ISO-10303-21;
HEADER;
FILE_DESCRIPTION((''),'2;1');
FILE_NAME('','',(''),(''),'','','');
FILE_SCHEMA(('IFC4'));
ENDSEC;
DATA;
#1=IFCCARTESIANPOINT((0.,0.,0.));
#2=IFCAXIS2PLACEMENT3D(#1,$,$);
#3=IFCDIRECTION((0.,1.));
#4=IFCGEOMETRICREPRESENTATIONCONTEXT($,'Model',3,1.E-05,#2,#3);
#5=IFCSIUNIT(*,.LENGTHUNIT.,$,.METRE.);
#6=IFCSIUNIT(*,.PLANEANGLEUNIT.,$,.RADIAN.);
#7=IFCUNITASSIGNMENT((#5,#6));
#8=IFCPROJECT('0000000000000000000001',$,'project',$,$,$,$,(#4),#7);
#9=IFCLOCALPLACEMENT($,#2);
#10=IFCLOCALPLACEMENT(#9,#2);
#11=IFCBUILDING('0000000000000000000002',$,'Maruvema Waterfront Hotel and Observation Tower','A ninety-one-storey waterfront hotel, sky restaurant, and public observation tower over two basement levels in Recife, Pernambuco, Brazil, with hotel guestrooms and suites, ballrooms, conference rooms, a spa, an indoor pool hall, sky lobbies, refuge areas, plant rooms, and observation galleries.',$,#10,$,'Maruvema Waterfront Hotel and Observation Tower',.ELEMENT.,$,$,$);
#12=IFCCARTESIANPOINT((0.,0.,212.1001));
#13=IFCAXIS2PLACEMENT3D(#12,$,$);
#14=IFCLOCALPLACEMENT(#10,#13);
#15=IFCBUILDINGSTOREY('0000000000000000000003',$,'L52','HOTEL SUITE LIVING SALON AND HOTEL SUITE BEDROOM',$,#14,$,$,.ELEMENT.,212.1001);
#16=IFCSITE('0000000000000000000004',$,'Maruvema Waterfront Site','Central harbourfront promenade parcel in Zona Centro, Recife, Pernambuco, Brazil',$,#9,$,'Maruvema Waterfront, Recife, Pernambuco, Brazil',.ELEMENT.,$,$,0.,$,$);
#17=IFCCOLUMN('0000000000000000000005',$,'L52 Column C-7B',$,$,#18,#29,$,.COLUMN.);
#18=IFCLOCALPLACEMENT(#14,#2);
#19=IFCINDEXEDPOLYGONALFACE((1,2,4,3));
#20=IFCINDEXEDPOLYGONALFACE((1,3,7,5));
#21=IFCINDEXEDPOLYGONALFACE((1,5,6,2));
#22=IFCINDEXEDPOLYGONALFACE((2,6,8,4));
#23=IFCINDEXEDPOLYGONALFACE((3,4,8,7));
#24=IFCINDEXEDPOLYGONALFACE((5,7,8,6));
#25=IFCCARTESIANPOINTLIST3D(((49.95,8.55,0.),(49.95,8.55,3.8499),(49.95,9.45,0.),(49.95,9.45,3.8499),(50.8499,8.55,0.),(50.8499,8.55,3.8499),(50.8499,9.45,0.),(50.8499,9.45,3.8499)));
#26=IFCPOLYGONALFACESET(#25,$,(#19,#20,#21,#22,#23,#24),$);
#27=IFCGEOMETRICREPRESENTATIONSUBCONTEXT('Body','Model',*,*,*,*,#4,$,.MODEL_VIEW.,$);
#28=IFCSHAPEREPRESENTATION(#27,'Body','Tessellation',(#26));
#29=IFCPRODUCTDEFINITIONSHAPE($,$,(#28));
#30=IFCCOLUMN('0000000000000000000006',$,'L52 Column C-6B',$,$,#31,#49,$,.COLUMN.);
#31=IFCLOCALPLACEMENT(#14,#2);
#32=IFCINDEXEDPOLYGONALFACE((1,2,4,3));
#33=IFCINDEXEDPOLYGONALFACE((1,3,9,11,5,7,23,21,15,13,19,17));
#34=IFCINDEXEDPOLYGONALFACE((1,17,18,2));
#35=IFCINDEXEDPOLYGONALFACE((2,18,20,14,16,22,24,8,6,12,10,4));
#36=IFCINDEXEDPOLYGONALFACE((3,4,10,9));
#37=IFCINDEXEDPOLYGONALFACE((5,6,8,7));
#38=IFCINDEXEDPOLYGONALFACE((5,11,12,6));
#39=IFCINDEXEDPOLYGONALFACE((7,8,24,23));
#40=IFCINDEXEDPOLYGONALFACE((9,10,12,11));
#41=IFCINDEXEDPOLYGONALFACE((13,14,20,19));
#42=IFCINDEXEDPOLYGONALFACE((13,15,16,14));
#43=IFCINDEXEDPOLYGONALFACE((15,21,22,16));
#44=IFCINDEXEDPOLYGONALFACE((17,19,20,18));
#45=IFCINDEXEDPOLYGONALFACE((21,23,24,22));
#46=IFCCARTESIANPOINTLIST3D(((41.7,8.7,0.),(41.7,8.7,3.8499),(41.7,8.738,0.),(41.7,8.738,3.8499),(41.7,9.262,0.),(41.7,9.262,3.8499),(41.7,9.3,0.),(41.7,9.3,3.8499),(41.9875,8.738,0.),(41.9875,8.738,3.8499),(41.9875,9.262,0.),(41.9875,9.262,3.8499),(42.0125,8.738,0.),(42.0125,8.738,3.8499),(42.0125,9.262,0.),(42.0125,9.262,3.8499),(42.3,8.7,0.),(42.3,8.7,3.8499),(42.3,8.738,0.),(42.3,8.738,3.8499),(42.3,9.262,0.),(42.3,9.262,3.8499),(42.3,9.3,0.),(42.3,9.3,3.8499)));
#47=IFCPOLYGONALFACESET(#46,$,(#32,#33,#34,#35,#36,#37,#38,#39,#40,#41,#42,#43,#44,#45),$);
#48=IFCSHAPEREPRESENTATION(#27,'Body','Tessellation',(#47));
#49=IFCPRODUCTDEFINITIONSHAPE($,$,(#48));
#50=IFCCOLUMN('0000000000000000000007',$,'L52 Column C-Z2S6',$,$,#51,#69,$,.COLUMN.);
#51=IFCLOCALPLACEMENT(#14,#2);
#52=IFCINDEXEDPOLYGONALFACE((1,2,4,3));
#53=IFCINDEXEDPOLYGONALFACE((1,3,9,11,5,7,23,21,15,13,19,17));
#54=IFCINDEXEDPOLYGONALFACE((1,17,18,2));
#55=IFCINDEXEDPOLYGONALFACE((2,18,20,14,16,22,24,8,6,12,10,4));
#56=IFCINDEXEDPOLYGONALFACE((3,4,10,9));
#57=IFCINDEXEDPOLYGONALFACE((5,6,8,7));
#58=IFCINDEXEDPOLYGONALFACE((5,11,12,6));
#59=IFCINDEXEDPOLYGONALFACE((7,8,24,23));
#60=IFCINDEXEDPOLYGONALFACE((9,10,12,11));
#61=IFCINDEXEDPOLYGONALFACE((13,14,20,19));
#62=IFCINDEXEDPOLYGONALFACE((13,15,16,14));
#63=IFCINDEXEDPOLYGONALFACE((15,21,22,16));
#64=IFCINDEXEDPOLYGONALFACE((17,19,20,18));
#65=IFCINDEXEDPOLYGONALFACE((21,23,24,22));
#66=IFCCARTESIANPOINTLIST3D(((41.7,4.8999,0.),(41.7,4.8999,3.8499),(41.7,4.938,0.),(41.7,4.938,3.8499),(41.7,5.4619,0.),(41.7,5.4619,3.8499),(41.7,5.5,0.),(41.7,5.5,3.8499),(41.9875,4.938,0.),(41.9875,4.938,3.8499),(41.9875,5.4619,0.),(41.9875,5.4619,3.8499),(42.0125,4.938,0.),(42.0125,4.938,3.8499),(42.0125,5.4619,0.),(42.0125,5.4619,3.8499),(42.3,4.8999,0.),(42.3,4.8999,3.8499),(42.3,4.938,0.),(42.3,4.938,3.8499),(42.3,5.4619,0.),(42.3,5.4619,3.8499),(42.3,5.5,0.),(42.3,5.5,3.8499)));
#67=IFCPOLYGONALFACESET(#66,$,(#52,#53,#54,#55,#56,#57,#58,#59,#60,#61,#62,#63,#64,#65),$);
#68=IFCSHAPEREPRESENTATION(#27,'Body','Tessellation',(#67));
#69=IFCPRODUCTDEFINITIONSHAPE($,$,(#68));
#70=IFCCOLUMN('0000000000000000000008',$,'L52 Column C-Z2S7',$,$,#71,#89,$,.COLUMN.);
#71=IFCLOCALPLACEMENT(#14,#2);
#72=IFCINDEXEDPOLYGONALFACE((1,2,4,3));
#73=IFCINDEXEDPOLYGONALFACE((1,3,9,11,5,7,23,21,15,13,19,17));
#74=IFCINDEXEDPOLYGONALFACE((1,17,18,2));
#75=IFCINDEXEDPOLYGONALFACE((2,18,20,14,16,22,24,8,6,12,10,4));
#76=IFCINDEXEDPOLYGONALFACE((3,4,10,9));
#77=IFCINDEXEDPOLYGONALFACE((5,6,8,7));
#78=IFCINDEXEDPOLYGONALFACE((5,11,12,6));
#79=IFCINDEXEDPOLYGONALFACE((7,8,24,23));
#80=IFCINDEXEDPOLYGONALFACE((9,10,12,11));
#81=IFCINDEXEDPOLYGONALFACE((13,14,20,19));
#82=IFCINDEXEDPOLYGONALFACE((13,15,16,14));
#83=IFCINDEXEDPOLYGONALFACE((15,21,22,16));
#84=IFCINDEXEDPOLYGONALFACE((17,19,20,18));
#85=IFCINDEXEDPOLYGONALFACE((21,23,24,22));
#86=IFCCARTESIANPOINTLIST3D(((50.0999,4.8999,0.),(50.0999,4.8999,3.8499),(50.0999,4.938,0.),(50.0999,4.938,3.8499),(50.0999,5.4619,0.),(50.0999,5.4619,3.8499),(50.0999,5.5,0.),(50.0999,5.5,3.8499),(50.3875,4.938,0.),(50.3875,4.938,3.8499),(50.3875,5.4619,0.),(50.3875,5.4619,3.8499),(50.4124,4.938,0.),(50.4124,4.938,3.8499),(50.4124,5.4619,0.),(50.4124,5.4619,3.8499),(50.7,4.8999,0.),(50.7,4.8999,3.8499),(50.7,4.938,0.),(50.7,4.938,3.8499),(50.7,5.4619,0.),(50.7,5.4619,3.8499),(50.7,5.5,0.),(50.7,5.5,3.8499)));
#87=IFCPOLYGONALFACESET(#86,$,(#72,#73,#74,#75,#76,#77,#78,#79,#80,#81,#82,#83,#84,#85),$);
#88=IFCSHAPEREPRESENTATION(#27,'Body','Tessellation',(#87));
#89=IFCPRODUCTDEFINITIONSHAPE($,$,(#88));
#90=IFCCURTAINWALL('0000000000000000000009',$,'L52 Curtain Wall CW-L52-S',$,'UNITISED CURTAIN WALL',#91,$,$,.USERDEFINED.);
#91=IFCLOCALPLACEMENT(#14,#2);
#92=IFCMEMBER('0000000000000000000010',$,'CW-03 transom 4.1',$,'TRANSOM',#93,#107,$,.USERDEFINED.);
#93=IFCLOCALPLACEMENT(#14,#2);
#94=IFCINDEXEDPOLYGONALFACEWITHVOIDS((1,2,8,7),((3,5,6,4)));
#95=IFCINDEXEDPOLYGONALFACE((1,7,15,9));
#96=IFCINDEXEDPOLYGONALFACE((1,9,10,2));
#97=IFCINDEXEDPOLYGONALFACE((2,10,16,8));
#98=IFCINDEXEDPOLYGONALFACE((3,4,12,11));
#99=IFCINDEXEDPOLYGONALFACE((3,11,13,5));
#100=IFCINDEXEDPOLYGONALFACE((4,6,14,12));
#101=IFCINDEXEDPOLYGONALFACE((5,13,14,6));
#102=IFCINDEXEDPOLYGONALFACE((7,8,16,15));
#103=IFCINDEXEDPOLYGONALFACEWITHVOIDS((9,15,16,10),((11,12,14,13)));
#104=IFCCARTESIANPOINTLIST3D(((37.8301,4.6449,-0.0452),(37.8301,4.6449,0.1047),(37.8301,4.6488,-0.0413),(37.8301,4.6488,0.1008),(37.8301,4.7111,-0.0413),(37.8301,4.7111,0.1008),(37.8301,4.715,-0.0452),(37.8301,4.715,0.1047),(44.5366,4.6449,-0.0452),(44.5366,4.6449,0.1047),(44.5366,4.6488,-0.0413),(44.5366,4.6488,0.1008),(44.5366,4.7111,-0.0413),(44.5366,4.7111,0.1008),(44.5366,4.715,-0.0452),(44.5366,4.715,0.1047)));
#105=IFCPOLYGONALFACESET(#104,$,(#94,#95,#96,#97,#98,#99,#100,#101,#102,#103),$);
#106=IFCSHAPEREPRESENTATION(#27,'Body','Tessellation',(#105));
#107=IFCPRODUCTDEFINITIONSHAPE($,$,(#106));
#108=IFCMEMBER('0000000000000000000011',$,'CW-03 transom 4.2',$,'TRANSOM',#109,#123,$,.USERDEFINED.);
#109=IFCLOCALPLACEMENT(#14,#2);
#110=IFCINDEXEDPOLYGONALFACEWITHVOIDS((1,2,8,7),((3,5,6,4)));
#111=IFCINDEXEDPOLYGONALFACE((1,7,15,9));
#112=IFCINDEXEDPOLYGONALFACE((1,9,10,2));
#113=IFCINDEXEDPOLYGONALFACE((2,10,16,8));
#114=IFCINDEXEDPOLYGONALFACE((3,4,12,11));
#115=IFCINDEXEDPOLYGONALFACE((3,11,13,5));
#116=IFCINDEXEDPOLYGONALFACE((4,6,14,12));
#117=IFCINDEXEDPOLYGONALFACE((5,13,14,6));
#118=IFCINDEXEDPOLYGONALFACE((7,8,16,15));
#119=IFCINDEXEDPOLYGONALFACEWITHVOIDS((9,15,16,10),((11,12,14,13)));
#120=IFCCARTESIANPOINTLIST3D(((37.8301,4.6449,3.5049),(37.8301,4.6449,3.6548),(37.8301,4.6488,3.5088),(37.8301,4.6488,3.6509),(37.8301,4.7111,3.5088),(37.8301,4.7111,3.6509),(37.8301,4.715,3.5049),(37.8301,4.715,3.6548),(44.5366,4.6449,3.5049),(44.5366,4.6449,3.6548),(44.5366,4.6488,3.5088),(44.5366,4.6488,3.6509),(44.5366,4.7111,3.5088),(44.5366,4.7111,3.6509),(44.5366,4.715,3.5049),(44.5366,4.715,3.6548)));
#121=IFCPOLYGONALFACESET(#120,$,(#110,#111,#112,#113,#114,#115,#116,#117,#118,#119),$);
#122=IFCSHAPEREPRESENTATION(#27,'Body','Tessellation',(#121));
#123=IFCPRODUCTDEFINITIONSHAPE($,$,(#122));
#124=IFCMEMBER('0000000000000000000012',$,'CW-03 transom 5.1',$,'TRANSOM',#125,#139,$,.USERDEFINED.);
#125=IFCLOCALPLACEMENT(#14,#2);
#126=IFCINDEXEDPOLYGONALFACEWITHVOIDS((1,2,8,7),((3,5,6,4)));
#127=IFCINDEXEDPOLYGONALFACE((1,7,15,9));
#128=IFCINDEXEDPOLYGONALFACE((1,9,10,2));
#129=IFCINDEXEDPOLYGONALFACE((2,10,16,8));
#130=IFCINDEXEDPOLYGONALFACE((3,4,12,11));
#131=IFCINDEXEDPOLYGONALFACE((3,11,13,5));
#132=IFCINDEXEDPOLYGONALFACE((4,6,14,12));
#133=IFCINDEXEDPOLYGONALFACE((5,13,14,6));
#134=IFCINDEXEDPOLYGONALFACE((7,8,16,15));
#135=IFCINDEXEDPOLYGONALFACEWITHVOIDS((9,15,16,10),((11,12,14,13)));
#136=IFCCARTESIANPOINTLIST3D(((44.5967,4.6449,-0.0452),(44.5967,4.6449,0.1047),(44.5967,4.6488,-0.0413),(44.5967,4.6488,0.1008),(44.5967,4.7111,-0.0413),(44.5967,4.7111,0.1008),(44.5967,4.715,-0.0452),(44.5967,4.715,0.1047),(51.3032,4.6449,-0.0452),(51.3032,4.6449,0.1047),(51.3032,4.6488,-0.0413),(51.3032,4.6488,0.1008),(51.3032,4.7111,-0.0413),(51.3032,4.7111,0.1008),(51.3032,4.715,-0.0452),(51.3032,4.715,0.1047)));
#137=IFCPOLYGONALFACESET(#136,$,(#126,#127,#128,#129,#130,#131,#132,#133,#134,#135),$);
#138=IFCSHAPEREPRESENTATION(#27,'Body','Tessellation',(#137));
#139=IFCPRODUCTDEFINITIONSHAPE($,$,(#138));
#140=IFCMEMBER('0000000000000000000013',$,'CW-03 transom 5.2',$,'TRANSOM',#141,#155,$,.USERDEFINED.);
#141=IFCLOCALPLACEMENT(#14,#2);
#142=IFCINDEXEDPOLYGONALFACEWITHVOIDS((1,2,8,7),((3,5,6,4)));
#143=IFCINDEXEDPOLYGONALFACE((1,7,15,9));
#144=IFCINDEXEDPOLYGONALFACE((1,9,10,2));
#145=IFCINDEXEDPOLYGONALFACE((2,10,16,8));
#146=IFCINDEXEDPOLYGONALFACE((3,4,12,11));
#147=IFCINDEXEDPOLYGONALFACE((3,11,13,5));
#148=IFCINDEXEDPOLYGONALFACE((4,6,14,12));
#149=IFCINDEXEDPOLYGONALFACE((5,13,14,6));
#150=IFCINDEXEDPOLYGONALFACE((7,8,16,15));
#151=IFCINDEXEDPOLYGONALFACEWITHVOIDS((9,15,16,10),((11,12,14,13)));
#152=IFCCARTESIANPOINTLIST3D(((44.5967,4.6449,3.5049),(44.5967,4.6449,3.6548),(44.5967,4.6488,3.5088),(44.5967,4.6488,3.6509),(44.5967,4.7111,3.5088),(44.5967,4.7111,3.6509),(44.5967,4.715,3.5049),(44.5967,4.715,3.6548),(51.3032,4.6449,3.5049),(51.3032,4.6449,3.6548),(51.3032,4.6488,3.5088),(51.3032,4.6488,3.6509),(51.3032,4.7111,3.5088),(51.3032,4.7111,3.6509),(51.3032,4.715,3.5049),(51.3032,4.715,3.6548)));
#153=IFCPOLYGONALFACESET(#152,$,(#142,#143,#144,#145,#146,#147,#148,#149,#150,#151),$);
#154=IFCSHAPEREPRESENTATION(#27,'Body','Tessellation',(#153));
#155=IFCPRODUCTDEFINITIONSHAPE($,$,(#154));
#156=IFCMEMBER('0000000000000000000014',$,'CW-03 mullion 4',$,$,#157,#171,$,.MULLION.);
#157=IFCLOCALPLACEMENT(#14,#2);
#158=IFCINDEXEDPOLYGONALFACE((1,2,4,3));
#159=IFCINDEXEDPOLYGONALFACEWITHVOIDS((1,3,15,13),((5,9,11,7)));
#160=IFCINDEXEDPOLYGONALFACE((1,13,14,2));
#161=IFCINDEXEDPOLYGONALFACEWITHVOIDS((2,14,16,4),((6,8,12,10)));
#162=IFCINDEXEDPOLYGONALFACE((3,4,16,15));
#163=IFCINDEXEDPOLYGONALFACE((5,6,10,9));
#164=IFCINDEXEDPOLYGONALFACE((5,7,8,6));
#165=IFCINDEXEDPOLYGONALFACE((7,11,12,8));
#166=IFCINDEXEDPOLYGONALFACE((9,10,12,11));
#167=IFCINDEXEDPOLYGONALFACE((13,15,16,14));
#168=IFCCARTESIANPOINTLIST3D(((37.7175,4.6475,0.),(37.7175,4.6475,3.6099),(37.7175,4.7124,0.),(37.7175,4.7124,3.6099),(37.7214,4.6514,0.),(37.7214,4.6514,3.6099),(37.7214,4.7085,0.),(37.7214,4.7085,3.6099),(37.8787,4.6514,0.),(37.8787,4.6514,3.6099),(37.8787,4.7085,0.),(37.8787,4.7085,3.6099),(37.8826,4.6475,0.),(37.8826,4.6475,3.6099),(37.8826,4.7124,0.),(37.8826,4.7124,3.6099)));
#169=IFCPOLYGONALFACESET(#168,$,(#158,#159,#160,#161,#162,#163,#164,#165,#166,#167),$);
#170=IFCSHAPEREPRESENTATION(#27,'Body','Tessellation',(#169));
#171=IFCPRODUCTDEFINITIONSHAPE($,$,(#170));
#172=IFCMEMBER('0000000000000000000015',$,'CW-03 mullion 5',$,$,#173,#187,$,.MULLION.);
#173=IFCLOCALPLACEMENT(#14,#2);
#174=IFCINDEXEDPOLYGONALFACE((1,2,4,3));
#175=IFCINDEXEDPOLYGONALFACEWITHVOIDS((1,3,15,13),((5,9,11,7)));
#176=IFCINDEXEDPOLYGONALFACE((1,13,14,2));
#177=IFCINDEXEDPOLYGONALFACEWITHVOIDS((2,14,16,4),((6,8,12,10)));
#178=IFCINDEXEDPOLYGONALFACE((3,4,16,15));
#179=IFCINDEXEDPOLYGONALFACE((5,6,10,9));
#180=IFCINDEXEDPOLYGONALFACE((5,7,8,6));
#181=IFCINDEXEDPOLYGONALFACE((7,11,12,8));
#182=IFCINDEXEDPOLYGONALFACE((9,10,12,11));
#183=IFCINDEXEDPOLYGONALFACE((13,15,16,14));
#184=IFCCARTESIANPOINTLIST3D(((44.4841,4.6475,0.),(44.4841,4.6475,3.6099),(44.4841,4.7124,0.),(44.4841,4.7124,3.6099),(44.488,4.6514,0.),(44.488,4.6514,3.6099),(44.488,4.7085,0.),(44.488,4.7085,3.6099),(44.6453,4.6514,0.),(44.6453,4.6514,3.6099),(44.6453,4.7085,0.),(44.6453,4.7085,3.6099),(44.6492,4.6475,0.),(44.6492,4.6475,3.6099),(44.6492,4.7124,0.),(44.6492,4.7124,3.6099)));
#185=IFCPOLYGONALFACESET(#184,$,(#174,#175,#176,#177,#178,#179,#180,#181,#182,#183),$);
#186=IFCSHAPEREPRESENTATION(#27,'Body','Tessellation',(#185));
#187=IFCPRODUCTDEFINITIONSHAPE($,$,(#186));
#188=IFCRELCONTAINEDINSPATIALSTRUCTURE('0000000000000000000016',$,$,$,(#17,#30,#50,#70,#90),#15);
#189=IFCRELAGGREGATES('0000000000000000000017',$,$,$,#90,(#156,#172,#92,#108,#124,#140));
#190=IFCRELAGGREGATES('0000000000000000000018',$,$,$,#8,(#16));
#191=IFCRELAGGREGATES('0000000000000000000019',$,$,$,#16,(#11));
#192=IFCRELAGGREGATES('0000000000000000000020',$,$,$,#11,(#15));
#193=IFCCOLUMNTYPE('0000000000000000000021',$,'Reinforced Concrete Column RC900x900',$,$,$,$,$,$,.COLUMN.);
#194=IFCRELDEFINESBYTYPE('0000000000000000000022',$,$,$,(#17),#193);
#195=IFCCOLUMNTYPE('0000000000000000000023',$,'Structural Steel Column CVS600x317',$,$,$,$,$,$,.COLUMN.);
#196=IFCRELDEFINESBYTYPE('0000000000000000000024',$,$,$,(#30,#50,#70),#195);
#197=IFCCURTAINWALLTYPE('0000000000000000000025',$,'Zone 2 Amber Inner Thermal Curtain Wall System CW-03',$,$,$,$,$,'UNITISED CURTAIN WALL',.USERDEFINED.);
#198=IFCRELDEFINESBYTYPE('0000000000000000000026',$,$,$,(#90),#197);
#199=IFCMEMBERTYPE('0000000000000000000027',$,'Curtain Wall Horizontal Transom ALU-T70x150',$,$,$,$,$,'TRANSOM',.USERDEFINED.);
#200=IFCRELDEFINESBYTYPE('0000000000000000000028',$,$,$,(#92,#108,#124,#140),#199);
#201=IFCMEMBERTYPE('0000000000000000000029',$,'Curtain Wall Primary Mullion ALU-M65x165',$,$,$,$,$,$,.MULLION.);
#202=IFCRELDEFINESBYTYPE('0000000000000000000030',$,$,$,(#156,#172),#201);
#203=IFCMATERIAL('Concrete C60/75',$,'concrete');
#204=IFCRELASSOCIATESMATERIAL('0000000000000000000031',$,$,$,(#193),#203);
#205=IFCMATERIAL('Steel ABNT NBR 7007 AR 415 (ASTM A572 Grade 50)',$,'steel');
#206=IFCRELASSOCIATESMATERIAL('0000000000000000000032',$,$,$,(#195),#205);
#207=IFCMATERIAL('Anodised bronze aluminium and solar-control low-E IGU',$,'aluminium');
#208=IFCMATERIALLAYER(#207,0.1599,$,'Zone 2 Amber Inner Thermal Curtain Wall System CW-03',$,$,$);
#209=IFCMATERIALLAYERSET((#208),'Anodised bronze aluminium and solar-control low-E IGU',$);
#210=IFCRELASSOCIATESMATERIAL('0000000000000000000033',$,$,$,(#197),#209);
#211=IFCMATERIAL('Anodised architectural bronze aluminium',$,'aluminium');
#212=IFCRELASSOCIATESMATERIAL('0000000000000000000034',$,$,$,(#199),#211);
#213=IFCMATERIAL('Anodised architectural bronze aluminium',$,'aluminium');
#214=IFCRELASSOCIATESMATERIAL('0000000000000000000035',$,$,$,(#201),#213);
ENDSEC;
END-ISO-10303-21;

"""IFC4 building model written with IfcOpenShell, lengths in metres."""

from ifc_helpers import new_model, si_unit, direction, frame, origin, origin_2d, place, context, subcontext, project, spatial, rectangle, hollow_rectangle, i_section, extrude, material, layer, layer_set, material_profile, profile_set, type_object, element, aggregate, save


model = new_model("IFC4")

# Units and contexts
model_context = context("Model", 3, precision=1e-05, world=origin(), true_north=direction((0.0, 1.0)))
body_context = subcontext(model_context, "Body", "Model", "MODEL_VIEW")
ifc_project = project(units=[si_unit("LENGTHUNIT", "METRE"), si_unit("PLANEANGLEUNIT", "RADIAN")], contexts=[model_context])

# Site, building, storey
site_placement = place(None, origin())
site = spatial("IfcSite", under=ifc_project, at=site_placement, Name="Maruvema Waterfront Site", Description="Central harbourfront promenade parcel in Zona Centro, Recife, Pernambuco, Brazil", LongName="Maruvema Waterfront, Recife, Pernambuco, Brazil", CompositionType="ELEMENT", RefElevation=0.0)
building_placement = place(site_placement, origin())
building = spatial("IfcBuilding", under=site, at=building_placement, Name="Maruvema Waterfront Hotel and Observation Tower", Description="A ninety-one-storey waterfront hotel, sky restaurant, and public observation tower over two basement levels in Recife, Pernambuco, Brazil, with hotel guestrooms and suites, ballrooms, conference rooms, a spa, an indoor pool hall, sky lobbies, refuge areas, plant rooms, and observation galleries.", LongName="Maruvema Waterfront Hotel and Observation Tower", CompositionType="ELEMENT")
storey_placement = place(building_placement, frame((0.0, 0.0, 212.1001)))
storey = spatial("IfcBuildingStorey", under=building, at=storey_placement, Name="L52", Description="HOTEL SUITE LIVING SALON AND HOTEL SUITE BEDROOM", CompositionType="ELEMENT", Elevation=212.1001)

# Columns
ifc_material_1 = material(Name="Concrete C60/75", Category="concrete")
ifc_material_profile_1 = material_profile(ifc_material_1, rectangle(XDim=0.8999, YDim=0.8999, at=origin_2d()), Name="RC900x900")
ifc_profile_set_1 = profile_set([ifc_material_profile_1], Name="Concrete C60/75")
column_type_1 = type_object("IfcColumnType", Name="Reinforced Concrete Column RC900x900", PredefinedType="COLUMN", material=ifc_profile_set_1)
column_placement = place(storey_placement, frame((50.3999, 9.0, 0.0), z_axis=(0.0, 0.0, 1.0), x_axis=(1.0, 0.0, 0.0)))
element("IfcColumn", 1, at=column_placement, inside=storey, type_object=column_type_1, Name="L52 Column C-7B", PredefinedType="COLUMN", context=body_context, shape_type="SweptSolid", body=[
    extrude(rectangle(XDim=0.8999, YDim=0.8999, at=origin_2d()), origin(), (0.0, 0.0, 1.0), 3.8499),
])
ifc_material_2 = material(Name="Steel ABNT NBR 7007 AR 415 (ASTM A572 Grade 50)", Category="steel")
ifc_material_profile_2 = material_profile(ifc_material_2, i_section(OverallWidth=0.6001, OverallDepth=0.6001, WebThickness=0.0249, FlangeThickness=0.0381, at=origin_2d()), Name="CVS600x317")
ifc_profile_set_2 = profile_set([ifc_material_profile_2], Name="Steel ABNT NBR 7007 AR 415 (ASTM A572 Grade 50)")
column_type_2 = type_object("IfcColumnType", Name="Structural Steel Column CVS600x317", PredefinedType="COLUMN", material=ifc_profile_set_2)
for number, where, z_axis, x_axis, name in (
    (2, (42.0, 9.0, 0.0), (0.0, 0.0, 1.0), (1.0, 0.0, 0.0), "L52 Column C-6B"),
    (3, (42.0, 5.2, 0.0), (0.0, 0.0, 1.0), (1.0, 0.0, 0.0), "L52 Column C-Z2S6"),
    (4, (50.3999, 5.2, 0.0), (0.0, 0.0, 1.0), (1.0, 0.0, 0.0), "L52 Column C-Z2S7"),
):
    element("IfcColumn", number, at=place(storey_placement, frame(where, z_axis=z_axis, x_axis=x_axis)), inside=storey, type_object=column_type_2, Name=name, PredefinedType="COLUMN", context=body_context, shape_type="SweptSolid", body=[
        extrude(i_section(OverallWidth=0.6001, OverallDepth=0.6001, WebThickness=0.0249, FlangeThickness=0.0381, at=origin_2d()), origin(), (0.0, 0.0, 1.0), 3.8499),
    ])

# Curtain wall, members
ifc_material_3 = material(Name="Anodised bronze aluminium and solar-control low-E IGU", Category="aluminium")
ifc_layer_1 = layer(ifc_material_3, 0.1599, Name="Zone 2 Amber Inner Thermal Curtain Wall System CW-03")
ifc_layer_set_1 = layer_set([ifc_layer_1], Name="Anodised bronze aluminium and solar-control low-E IGU")
curtain_wall_type = type_object("IfcCurtainWallType", Name="Zone 2 Amber Inner Thermal Curtain Wall System CW-03", ElementType="UNITISED CURTAIN WALL", PredefinedType="USERDEFINED", material=ifc_layer_set_1)
curtain_wall_placement = place(storey_placement, origin())
curtain_wall = element("IfcCurtainWall", 5, at=curtain_wall_placement, inside=storey, type_object=curtain_wall_type, Name="L52 Curtain Wall CW-L52-S", ObjectType="UNITISED CURTAIN WALL", PredefinedType="USERDEFINED")
ifc_material_4 = material(Name="Anodised architectural bronze aluminium", Category="aluminium")
ifc_material_profile_3 = material_profile(ifc_material_4, hollow_rectangle(XDim=0.0701, YDim=0.1499, WallThickness=0.0039, at=origin_2d()), Name="ALU-T70x150")
ifc_profile_set_3 = profile_set([ifc_material_profile_3], Name="Anodised architectural bronze aluminium")
member_type_1 = type_object("IfcMemberType", Name="Curtain Wall Horizontal Transom ALU-T70x150", ElementType="TRANSOM", PredefinedType="USERDEFINED", material=ifc_profile_set_3)
member_1_placement = place(storey_placement, frame((37.8301, 4.6799, 0.0298), z_axis=(1.0, 0.0, 0.0), x_axis=(0.0, 1.0, 0.0)))
member_1 = element("IfcMember", 6, at=member_1_placement, type_object=member_type_1, Name="CW-03 transom 4.1", ObjectType="TRANSOM", PredefinedType="USERDEFINED", context=body_context, shape_type="SweptSolid", body=[
    extrude(hollow_rectangle(XDim=0.0701, YDim=0.1499, WallThickness=0.0039, at=origin_2d()), origin(), (0.0, 0.0, 1.0), 6.7065),
])
member_2_placement = place(storey_placement, frame((37.8301, 4.6799, 3.5798), z_axis=(1.0, 0.0, 0.0), x_axis=(0.0, 1.0, 0.0)))
member_2 = element("IfcMember", 7, at=member_2_placement, type_object=member_type_1, Name="CW-03 transom 4.2", ObjectType="TRANSOM", PredefinedType="USERDEFINED", context=body_context, shape_type="SweptSolid", body=[
    extrude(hollow_rectangle(XDim=0.0701, YDim=0.1499, WallThickness=0.0039, at=origin_2d()), origin(), (0.0, 0.0, 1.0), 6.7065),
])
member_3_placement = place(storey_placement, frame((44.5967, 4.6799, 0.0298), z_axis=(1.0, 0.0, 0.0), x_axis=(0.0, 1.0, 0.0)))
member_3 = element("IfcMember", 8, at=member_3_placement, type_object=member_type_1, Name="CW-03 transom 5.1", ObjectType="TRANSOM", PredefinedType="USERDEFINED", context=body_context, shape_type="SweptSolid", body=[
    extrude(hollow_rectangle(XDim=0.0701, YDim=0.1499, WallThickness=0.0039, at=origin_2d()), origin(), (0.0, 0.0, 1.0), 6.7065),
])
member_4_placement = place(storey_placement, frame((44.5967, 4.6799, 3.5798), z_axis=(1.0, 0.0, 0.0), x_axis=(0.0, 1.0, 0.0)))
member_4 = element("IfcMember", 9, at=member_4_placement, type_object=member_type_1, Name="CW-03 transom 5.2", ObjectType="TRANSOM", PredefinedType="USERDEFINED", context=body_context, shape_type="SweptSolid", body=[
    extrude(hollow_rectangle(XDim=0.0701, YDim=0.1499, WallThickness=0.0039, at=origin_2d()), origin(), (0.0, 0.0, 1.0), 6.7065),
])
ifc_material_5 = material(Name="Anodised architectural bronze aluminium", Category="aluminium")
ifc_material_profile_4 = material_profile(ifc_material_5, hollow_rectangle(XDim=0.0649, YDim=0.165, WallThickness=0.0039, at=origin_2d()), Name="ALU-M65x165")
ifc_profile_set_4 = profile_set([ifc_material_profile_4], Name="Anodised architectural bronze aluminium")
member_type_2 = type_object("IfcMemberType", Name="Curtain Wall Primary Mullion ALU-M65x165", PredefinedType="MULLION", material=ifc_profile_set_4)
member_5_placement = place(storey_placement, frame((37.8, 4.6799, 0.0), z_axis=(0.0, 0.0, 1.0), x_axis=(0.0, 1.0, 0.0)))
member_5 = element("IfcMember", 10, at=member_5_placement, type_object=member_type_2, Name="CW-03 mullion 4", PredefinedType="MULLION", context=body_context, shape_type="SweptSolid", body=[
    extrude(hollow_rectangle(XDim=0.0649, YDim=0.165, WallThickness=0.0039, at=origin_2d()), origin(), (0.0, 0.0, 1.0), 3.6099),
])
member_6_placement = place(storey_placement, frame((44.5667, 4.6799, 0.0), z_axis=(0.0, 0.0, 1.0), x_axis=(0.0, 1.0, 0.0)))
member_6 = element("IfcMember", 11, at=member_6_placement, type_object=member_type_2, Name="CW-03 mullion 5", PredefinedType="MULLION", context=body_context, shape_type="SweptSolid", body=[
    extrude(hollow_rectangle(XDim=0.0649, YDim=0.165, WallThickness=0.0039, at=origin_2d()), origin(), (0.0, 0.0, 1.0), 3.6099),
])

aggregate(curtain_wall, [member_5, member_6, member_1, member_2, member_3, member_4])

save(model, "model.ifc")
